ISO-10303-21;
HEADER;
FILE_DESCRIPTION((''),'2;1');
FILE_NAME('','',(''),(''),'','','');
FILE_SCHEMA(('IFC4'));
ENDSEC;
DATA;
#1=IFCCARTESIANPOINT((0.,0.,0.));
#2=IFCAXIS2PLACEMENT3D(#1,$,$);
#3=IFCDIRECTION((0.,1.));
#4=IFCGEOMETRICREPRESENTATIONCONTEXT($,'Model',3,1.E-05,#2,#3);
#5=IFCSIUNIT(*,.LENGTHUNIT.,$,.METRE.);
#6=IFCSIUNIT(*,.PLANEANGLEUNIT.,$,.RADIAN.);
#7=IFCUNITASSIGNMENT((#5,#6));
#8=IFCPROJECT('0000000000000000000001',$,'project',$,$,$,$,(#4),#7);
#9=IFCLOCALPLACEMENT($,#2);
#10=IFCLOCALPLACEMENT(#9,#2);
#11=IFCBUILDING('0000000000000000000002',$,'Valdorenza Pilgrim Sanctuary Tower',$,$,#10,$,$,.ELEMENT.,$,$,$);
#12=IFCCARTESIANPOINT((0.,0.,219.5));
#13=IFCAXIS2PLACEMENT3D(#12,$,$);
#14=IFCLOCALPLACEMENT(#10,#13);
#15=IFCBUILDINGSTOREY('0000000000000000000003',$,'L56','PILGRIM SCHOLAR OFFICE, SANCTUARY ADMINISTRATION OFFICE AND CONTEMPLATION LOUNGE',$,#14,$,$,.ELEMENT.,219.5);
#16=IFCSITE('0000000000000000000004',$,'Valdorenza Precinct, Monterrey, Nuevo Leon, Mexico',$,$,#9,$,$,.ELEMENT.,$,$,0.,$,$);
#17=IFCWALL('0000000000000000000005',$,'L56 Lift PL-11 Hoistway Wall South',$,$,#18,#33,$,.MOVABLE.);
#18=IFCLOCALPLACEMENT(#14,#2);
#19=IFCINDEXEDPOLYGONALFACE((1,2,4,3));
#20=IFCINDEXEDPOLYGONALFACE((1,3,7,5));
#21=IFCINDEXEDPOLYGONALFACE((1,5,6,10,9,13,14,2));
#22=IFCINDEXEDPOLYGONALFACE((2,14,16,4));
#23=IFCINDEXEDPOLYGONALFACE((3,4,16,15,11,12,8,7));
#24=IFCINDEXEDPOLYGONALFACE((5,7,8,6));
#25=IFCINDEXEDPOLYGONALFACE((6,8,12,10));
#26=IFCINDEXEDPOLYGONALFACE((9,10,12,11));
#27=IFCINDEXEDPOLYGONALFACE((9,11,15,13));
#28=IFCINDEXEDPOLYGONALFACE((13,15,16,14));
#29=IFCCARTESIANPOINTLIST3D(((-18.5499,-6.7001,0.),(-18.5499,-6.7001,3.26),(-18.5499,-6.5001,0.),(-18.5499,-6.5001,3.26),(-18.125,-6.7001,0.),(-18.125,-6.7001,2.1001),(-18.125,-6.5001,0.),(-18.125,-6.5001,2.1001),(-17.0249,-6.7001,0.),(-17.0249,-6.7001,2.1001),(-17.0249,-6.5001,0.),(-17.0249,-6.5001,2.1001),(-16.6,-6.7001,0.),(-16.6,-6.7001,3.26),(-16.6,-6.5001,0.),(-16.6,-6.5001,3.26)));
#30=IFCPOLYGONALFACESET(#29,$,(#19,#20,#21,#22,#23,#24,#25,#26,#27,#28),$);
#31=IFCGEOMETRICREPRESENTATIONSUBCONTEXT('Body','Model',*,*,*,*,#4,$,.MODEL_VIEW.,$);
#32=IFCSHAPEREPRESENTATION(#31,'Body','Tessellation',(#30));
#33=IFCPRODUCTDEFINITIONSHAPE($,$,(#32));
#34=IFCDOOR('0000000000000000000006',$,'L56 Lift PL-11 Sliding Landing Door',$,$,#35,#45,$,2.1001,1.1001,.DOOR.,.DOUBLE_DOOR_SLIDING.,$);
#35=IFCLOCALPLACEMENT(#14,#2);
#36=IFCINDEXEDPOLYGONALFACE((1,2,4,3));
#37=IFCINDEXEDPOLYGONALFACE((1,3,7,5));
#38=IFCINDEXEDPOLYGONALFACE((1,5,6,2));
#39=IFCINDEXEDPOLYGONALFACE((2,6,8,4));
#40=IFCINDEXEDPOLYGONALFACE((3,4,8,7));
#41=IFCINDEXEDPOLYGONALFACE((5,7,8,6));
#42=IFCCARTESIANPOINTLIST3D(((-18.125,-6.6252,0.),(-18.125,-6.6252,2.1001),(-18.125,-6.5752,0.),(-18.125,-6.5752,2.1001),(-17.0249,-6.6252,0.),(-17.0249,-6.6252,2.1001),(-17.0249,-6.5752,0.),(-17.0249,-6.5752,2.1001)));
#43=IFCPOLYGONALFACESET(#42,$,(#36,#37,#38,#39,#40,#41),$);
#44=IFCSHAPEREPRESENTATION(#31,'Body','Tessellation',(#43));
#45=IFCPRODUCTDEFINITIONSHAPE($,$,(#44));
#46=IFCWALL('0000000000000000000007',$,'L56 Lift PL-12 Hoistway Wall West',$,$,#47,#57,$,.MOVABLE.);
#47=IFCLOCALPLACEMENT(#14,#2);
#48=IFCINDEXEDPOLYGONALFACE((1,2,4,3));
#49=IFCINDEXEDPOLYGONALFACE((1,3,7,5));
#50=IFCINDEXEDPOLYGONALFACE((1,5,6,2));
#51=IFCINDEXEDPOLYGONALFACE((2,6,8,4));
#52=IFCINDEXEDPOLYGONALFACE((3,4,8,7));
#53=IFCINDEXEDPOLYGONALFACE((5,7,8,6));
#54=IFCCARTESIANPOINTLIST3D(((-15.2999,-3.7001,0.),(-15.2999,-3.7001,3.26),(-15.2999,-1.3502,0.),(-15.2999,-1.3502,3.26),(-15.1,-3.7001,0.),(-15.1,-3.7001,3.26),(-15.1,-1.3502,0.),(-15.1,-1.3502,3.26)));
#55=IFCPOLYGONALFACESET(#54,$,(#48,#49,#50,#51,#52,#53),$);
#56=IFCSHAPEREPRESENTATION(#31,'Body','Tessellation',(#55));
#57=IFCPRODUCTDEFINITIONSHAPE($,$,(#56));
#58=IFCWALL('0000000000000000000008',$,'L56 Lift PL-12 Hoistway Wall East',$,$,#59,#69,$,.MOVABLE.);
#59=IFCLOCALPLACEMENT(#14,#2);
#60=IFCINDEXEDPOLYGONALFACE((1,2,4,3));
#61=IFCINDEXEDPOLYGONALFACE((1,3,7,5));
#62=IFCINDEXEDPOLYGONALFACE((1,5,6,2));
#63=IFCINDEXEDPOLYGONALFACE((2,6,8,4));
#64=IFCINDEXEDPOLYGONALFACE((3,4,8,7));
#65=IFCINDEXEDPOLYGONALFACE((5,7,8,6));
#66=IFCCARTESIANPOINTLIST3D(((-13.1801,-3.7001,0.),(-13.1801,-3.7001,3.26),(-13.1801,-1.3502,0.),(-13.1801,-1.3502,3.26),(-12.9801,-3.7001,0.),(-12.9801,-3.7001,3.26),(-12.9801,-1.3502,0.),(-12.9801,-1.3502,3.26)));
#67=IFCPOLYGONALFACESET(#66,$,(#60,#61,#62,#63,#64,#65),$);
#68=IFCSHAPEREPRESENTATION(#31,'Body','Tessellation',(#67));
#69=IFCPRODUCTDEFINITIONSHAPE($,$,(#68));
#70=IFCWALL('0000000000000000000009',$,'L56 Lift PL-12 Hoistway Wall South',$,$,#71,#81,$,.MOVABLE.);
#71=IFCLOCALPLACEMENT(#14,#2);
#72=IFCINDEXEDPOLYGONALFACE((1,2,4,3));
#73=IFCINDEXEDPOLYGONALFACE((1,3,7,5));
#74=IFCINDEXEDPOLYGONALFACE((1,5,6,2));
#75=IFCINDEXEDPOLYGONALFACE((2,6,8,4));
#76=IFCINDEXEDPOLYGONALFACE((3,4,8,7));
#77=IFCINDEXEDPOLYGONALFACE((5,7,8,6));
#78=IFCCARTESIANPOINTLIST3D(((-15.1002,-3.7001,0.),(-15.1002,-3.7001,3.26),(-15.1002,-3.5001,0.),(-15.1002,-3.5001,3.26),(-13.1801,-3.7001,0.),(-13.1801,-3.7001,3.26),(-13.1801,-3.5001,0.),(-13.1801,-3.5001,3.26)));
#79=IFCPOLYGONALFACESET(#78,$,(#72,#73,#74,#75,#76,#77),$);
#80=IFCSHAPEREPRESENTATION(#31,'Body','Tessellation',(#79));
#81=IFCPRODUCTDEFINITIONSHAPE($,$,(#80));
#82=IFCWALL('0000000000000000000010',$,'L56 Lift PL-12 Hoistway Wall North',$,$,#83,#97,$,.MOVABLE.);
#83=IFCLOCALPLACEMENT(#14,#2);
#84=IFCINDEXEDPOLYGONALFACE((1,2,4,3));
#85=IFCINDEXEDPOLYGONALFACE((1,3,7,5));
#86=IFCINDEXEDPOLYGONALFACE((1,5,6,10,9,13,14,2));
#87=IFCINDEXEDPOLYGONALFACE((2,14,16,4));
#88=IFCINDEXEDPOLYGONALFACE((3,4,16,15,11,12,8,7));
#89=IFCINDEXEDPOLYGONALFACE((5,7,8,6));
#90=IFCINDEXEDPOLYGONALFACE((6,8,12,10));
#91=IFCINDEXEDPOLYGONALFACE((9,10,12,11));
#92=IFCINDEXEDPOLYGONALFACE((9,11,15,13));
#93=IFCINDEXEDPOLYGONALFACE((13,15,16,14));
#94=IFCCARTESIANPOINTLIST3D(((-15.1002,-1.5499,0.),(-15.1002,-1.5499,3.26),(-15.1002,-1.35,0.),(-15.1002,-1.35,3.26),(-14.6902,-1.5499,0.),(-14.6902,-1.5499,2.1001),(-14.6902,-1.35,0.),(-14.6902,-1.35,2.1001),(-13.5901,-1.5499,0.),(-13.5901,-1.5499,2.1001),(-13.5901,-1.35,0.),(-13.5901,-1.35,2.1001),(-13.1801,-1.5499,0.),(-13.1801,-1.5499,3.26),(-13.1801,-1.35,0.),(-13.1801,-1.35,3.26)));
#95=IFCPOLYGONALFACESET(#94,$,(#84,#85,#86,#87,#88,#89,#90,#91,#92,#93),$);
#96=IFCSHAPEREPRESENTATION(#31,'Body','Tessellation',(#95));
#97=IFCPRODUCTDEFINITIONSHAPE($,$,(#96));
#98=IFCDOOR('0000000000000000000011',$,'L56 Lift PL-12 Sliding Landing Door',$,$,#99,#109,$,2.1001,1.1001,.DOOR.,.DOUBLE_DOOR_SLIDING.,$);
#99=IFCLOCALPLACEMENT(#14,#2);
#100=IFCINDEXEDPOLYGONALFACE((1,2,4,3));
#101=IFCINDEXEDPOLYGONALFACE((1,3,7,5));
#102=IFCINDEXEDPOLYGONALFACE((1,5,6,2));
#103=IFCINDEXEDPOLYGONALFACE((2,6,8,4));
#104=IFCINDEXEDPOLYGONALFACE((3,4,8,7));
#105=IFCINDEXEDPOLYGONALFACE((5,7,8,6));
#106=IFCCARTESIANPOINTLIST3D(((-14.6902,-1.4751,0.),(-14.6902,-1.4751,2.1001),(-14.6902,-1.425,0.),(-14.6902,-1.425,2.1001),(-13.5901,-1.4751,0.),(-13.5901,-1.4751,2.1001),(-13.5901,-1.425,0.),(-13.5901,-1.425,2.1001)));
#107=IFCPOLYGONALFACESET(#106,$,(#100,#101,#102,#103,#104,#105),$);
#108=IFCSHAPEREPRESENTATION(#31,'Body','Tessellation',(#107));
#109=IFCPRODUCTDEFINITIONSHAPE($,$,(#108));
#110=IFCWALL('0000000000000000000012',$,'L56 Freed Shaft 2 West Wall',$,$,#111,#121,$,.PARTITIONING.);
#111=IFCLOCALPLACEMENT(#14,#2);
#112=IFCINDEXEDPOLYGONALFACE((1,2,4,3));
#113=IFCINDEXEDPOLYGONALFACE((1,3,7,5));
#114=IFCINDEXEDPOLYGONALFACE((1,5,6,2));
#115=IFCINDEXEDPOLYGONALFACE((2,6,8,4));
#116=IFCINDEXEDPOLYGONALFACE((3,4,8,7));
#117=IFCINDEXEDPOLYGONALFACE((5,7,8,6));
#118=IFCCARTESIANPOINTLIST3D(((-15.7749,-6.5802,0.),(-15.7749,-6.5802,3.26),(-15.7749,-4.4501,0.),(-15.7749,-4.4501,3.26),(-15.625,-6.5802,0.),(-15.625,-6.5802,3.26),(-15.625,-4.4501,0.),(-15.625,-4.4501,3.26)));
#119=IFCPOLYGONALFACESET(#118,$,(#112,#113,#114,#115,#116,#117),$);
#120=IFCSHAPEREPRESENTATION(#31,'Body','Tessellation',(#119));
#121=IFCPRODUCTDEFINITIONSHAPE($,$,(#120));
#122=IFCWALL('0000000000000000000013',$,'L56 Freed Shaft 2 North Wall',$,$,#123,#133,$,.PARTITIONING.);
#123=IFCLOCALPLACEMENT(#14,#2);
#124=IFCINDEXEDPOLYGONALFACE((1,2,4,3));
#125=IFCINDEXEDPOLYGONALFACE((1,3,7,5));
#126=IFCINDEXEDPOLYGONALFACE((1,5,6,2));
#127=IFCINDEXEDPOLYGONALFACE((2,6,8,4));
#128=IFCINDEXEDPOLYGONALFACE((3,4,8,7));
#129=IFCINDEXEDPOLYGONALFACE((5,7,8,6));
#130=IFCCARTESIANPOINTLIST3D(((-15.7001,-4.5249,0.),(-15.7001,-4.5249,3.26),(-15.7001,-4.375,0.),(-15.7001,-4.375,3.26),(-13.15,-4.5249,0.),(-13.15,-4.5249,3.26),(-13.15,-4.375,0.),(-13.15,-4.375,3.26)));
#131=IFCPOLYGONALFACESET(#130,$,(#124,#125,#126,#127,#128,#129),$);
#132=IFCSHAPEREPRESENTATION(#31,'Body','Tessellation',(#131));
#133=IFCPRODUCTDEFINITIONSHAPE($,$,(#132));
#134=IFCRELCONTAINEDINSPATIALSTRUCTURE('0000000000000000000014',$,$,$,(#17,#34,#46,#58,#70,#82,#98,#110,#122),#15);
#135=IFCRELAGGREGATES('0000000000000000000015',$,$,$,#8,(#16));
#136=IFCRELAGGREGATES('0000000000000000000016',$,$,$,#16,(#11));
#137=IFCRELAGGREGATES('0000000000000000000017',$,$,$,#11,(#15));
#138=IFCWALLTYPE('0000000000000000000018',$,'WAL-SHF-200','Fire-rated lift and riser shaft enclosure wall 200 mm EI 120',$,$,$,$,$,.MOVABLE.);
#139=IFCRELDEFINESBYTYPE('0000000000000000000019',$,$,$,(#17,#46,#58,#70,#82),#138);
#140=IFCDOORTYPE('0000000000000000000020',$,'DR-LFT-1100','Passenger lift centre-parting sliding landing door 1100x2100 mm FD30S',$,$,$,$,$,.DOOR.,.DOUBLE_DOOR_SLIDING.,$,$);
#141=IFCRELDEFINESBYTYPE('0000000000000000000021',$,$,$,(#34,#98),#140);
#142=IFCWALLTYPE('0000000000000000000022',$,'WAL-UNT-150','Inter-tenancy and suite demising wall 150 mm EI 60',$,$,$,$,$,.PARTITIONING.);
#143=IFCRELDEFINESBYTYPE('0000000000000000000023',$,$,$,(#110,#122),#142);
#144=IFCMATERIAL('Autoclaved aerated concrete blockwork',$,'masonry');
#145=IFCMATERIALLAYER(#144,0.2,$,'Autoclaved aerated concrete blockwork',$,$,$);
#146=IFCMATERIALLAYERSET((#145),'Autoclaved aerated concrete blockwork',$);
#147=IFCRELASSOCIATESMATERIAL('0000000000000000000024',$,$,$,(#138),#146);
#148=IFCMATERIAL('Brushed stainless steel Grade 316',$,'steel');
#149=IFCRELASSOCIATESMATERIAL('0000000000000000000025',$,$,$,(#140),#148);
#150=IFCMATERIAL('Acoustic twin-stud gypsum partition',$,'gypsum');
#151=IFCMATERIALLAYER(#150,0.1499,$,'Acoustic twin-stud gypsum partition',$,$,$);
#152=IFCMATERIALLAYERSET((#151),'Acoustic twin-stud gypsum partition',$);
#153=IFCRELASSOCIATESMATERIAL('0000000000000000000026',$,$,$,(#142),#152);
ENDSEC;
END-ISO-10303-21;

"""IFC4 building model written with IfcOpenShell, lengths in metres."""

from ifc_helpers import new_model, si_unit, direction, frame, frame_2d, origin, place, context, subcontext, project, spatial, rectangle, extrude, material, layer, layer_set, type_object, element, fill, save


model = new_model("IFC4")

# Units and contexts
model_context = context("Model", 3, precision=1e-05, world=origin(), true_north=direction((0.0, 1.0)))
body_context = subcontext(model_context, "Body", "Model", "MODEL_VIEW")
ifc_project = project(units=[si_unit("LENGTHUNIT", "METRE"), si_unit("PLANEANGLEUNIT", "RADIAN")], contexts=[model_context])

# Site, building, storey
site_placement = place(None, origin())
site = spatial("IfcSite", under=ifc_project, at=site_placement, Name="Valdorenza Precinct, Monterrey, Nuevo Leon, Mexico", CompositionType="ELEMENT", RefElevation=0.0)
building_placement = place(site_placement, origin())
building = spatial("IfcBuilding", under=site, at=building_placement, Name="Valdorenza Pilgrim Sanctuary Tower", CompositionType="ELEMENT")
storey_placement = place(building_placement, frame((0.0, 0.0, 219.5)))
storey = spatial("IfcBuildingStorey", under=building, at=storey_placement, Name="L56", Description="PILGRIM SCHOLAR OFFICE, SANCTUARY ADMINISTRATION OFFICE AND CONTEMPLATION LOUNGE", CompositionType="ELEMENT", Elevation=219.5)

# Shared definitions
ifc_material_1 = material(Name="Acoustic twin-stud gypsum partition", Category="gypsum")

# Shared definitions
ifc_material_2 = material(Name="Autoclaved aerated concrete blockwork", Category="masonry")
ifc_layer_1 = layer(ifc_material_2, 0.2, Name="Autoclaved aerated concrete blockwork")
ifc_layer_set_1 = layer_set([ifc_layer_1], Name="Autoclaved aerated concrete blockwork")
wall_type_1 = type_object("IfcWallType", Name="WAL-SHF-200", Description="Fire-rated lift and riser shaft enclosure wall 200 mm EI 120", PredefinedType="MOVABLE", material=ifc_layer_set_1)

# Wall, opening, door
wall_1_placement = place(storey_placement, frame((-18.55, -6.6001, 0.0), z_axis=(0.0, 0.0, 1.0), x_axis=(1.0, 0.0, 0.0)))
wall_1 = element("IfcWall", 1, at=wall_1_placement, inside=storey, type_object=wall_type_1, Name="L56 Lift PL-11 Hoistway Wall South", PredefinedType="MOVABLE", context=body_context, shape_type="SweptSolid", body=[
    extrude(rectangle(XDim=1.95, YDim=0.2, at=frame_2d((0.9751, 0.0))), origin(), (0.0, 0.0, 1.0), 3.26),
])
opening_1_placement = place(wall_1_placement, frame((0.425, 0.0, 0.0)))
opening_1 = element("IfcOpeningElement", 2, at=opening_1_placement, cuts=wall_1, PredefinedType="OPENING", context=body_context, shape_type="SweptSolid", body=[
    extrude(rectangle(XDim=1.1001, YDim=2.1001, at=frame_2d((0.55, 1.05))), frame((0.0, 0.1147, 0.0), z_axis=(0.0, -1.0, 0.0), x_axis=(1.0, 0.0, 0.0)), (0.0, 0.0, 1.0), 0.2297),
])
ifc_material_3 = material(Name="Brushed stainless steel Grade 316", Category="steel")
door_type_1 = type_object("IfcDoorType", Name="DR-LFT-1100", Description="Passenger lift centre-parting sliding landing door 1100x2100 mm FD30S", OperationType="DOUBLE_DOOR_SLIDING", PredefinedType="DOOR", material=ifc_material_3)
door_1_placement = place(opening_1_placement, origin())
door_1 = element("IfcDoor", 3, at=door_1_placement, inside=storey, type_object=door_type_1, Name="L56 Lift PL-11 Sliding Landing Door", OperationType="DOUBLE_DOOR_SLIDING", OverallHeight=2.1001, OverallWidth=1.1001, PredefinedType="DOOR", context=body_context, shape_type="SweptSolid", body=[
    extrude(rectangle(XDim=1.1001, YDim=2.1001, at=frame_2d((0.55, 1.05))), frame((0.0, 0.0249, 0.0), z_axis=(0.0, -1.0, 0.0), x_axis=(1.0, 0.0, 0.0)), (0.0, 0.0, 1.0), 0.05),
])
fill(opening_1, door_1)

# Walls
for number, where, z_axis, x_axis, name in (
    (4, (-15.2, -3.7, 0.0), (0.0, 0.0, 1.0), (0.0, 1.0, 0.0), "L56 Lift PL-12 Hoistway Wall West"),
    (5, (-13.0801, -3.7, 0.0), (0.0, 0.0, 1.0), (0.0, 1.0, 0.0), "L56 Lift PL-12 Hoistway Wall East"),
):
    element("IfcWall", number, at=place(storey_placement, frame(where, z_axis=z_axis, x_axis=x_axis)), inside=storey, type_object=wall_type_1, Name=name, PredefinedType="MOVABLE", context=body_context, shape_type="SweptSolid", body=[
        extrude(rectangle(XDim=2.3499, YDim=0.2, at=frame_2d((1.1748, 0.0))), origin(), (0.0, 0.0, 1.0), 3.26),
    ])
wall_2_placement = place(storey_placement, frame((-15.1001, -3.6001, 0.0), z_axis=(0.0, 0.0, 1.0), x_axis=(1.0, 0.0, 0.0)))
element("IfcWall", 6, at=wall_2_placement, inside=storey, type_object=wall_type_1, Name="L56 Lift PL-12 Hoistway Wall South", PredefinedType="MOVABLE", context=body_context, shape_type="SweptSolid", body=[
    extrude(rectangle(XDim=1.9202, YDim=0.2, at=frame_2d((0.96, 0.0))), origin(), (0.0, 0.0, 1.0), 3.26),
])

# Wall, opening, door
wall_3_placement = place(storey_placement, frame((-15.1001, -1.45, 0.0), z_axis=(0.0, 0.0, 1.0), x_axis=(1.0, 0.0, 0.0)))
wall_3 = element("IfcWall", 7, at=wall_3_placement, inside=storey, type_object=wall_type_1, Name="L56 Lift PL-12 Hoistway Wall North", PredefinedType="MOVABLE", context=body_context, shape_type="SweptSolid", body=[
    extrude(rectangle(XDim=1.9202, YDim=0.2, at=frame_2d((0.96, 0.0))), origin(), (0.0, 0.0, 1.0), 3.26),
])
opening_2_placement = place(wall_3_placement, frame((0.4099, 0.0, 0.0)))
opening_2 = element("IfcOpeningElement", 8, at=opening_2_placement, cuts=wall_3, PredefinedType="OPENING", context=body_context, shape_type="SweptSolid", body=[
    extrude(rectangle(XDim=1.1001, YDim=2.1001, at=frame_2d((0.55, 1.05))), frame((0.0, 0.1147, 0.0), z_axis=(0.0, -1.0, 0.0), x_axis=(1.0, 0.0, 0.0)), (0.0, 0.0, 1.0), 0.2297),
])
door_2_placement = place(opening_2_placement, origin())
door_2 = element("IfcDoor", 9, at=door_2_placement, inside=storey, type_object=door_type_1, Name="L56 Lift PL-12 Sliding Landing Door", OperationType="DOUBLE_DOOR_SLIDING", OverallHeight=2.1001, OverallWidth=1.1001, PredefinedType="DOOR", context=body_context, shape_type="SweptSolid", body=[
    extrude(rectangle(XDim=1.1001, YDim=2.1001, at=frame_2d((0.55, 1.05))), frame((0.0, 0.0249, 0.0), z_axis=(0.0, -1.0, 0.0), x_axis=(1.0, 0.0, 0.0)), (0.0, 0.0, 1.0), 0.05),
])
fill(opening_2, door_2)

# Walls
ifc_layer_2 = layer(ifc_material_1, 0.1499, Name="Acoustic twin-stud gypsum partition")
ifc_layer_set_2 = layer_set([ifc_layer_2], Name="Acoustic twin-stud gypsum partition")
wall_type_2 = type_object("IfcWallType", Name="WAL-UNT-150", Description="Inter-tenancy and suite demising wall 150 mm EI 60", PredefinedType="PARTITIONING", material=ifc_layer_set_2)
wall_4_placement = place(storey_placement, frame((-15.7, -6.5801, 0.0), z_axis=(0.0, 0.0, 1.0), x_axis=(0.0, 1.0, 0.0)))
element("IfcWall", 10, at=wall_4_placement, inside=storey, type_object=wall_type_2, Name="L56 Freed Shaft 2 West Wall", PredefinedType="PARTITIONING", context=body_context, shape_type="SweptSolid", body=[
    extrude(rectangle(XDim=2.1301, YDim=0.1499, at=frame_2d((1.0649, 0.0))), origin(), (0.0, 0.0, 1.0), 3.26),
])
wall_5_placement = place(storey_placement, frame((-15.7, -4.45, 0.0), z_axis=(0.0, 0.0, 1.0), x_axis=(1.0, 0.0, 0.0)))
element("IfcWall", 11, at=wall_5_placement, inside=storey, type_object=wall_type_2, Name="L56 Freed Shaft 2 North Wall", PredefinedType="PARTITIONING", context=body_context, shape_type="SweptSolid", body=[
    extrude(rectangle(XDim=2.55, YDim=0.1499, at=frame_2d((1.2749, 0.0))), origin(), (0.0, 0.0, 1.0), 3.26),
])

save(model, "model.ifc")
